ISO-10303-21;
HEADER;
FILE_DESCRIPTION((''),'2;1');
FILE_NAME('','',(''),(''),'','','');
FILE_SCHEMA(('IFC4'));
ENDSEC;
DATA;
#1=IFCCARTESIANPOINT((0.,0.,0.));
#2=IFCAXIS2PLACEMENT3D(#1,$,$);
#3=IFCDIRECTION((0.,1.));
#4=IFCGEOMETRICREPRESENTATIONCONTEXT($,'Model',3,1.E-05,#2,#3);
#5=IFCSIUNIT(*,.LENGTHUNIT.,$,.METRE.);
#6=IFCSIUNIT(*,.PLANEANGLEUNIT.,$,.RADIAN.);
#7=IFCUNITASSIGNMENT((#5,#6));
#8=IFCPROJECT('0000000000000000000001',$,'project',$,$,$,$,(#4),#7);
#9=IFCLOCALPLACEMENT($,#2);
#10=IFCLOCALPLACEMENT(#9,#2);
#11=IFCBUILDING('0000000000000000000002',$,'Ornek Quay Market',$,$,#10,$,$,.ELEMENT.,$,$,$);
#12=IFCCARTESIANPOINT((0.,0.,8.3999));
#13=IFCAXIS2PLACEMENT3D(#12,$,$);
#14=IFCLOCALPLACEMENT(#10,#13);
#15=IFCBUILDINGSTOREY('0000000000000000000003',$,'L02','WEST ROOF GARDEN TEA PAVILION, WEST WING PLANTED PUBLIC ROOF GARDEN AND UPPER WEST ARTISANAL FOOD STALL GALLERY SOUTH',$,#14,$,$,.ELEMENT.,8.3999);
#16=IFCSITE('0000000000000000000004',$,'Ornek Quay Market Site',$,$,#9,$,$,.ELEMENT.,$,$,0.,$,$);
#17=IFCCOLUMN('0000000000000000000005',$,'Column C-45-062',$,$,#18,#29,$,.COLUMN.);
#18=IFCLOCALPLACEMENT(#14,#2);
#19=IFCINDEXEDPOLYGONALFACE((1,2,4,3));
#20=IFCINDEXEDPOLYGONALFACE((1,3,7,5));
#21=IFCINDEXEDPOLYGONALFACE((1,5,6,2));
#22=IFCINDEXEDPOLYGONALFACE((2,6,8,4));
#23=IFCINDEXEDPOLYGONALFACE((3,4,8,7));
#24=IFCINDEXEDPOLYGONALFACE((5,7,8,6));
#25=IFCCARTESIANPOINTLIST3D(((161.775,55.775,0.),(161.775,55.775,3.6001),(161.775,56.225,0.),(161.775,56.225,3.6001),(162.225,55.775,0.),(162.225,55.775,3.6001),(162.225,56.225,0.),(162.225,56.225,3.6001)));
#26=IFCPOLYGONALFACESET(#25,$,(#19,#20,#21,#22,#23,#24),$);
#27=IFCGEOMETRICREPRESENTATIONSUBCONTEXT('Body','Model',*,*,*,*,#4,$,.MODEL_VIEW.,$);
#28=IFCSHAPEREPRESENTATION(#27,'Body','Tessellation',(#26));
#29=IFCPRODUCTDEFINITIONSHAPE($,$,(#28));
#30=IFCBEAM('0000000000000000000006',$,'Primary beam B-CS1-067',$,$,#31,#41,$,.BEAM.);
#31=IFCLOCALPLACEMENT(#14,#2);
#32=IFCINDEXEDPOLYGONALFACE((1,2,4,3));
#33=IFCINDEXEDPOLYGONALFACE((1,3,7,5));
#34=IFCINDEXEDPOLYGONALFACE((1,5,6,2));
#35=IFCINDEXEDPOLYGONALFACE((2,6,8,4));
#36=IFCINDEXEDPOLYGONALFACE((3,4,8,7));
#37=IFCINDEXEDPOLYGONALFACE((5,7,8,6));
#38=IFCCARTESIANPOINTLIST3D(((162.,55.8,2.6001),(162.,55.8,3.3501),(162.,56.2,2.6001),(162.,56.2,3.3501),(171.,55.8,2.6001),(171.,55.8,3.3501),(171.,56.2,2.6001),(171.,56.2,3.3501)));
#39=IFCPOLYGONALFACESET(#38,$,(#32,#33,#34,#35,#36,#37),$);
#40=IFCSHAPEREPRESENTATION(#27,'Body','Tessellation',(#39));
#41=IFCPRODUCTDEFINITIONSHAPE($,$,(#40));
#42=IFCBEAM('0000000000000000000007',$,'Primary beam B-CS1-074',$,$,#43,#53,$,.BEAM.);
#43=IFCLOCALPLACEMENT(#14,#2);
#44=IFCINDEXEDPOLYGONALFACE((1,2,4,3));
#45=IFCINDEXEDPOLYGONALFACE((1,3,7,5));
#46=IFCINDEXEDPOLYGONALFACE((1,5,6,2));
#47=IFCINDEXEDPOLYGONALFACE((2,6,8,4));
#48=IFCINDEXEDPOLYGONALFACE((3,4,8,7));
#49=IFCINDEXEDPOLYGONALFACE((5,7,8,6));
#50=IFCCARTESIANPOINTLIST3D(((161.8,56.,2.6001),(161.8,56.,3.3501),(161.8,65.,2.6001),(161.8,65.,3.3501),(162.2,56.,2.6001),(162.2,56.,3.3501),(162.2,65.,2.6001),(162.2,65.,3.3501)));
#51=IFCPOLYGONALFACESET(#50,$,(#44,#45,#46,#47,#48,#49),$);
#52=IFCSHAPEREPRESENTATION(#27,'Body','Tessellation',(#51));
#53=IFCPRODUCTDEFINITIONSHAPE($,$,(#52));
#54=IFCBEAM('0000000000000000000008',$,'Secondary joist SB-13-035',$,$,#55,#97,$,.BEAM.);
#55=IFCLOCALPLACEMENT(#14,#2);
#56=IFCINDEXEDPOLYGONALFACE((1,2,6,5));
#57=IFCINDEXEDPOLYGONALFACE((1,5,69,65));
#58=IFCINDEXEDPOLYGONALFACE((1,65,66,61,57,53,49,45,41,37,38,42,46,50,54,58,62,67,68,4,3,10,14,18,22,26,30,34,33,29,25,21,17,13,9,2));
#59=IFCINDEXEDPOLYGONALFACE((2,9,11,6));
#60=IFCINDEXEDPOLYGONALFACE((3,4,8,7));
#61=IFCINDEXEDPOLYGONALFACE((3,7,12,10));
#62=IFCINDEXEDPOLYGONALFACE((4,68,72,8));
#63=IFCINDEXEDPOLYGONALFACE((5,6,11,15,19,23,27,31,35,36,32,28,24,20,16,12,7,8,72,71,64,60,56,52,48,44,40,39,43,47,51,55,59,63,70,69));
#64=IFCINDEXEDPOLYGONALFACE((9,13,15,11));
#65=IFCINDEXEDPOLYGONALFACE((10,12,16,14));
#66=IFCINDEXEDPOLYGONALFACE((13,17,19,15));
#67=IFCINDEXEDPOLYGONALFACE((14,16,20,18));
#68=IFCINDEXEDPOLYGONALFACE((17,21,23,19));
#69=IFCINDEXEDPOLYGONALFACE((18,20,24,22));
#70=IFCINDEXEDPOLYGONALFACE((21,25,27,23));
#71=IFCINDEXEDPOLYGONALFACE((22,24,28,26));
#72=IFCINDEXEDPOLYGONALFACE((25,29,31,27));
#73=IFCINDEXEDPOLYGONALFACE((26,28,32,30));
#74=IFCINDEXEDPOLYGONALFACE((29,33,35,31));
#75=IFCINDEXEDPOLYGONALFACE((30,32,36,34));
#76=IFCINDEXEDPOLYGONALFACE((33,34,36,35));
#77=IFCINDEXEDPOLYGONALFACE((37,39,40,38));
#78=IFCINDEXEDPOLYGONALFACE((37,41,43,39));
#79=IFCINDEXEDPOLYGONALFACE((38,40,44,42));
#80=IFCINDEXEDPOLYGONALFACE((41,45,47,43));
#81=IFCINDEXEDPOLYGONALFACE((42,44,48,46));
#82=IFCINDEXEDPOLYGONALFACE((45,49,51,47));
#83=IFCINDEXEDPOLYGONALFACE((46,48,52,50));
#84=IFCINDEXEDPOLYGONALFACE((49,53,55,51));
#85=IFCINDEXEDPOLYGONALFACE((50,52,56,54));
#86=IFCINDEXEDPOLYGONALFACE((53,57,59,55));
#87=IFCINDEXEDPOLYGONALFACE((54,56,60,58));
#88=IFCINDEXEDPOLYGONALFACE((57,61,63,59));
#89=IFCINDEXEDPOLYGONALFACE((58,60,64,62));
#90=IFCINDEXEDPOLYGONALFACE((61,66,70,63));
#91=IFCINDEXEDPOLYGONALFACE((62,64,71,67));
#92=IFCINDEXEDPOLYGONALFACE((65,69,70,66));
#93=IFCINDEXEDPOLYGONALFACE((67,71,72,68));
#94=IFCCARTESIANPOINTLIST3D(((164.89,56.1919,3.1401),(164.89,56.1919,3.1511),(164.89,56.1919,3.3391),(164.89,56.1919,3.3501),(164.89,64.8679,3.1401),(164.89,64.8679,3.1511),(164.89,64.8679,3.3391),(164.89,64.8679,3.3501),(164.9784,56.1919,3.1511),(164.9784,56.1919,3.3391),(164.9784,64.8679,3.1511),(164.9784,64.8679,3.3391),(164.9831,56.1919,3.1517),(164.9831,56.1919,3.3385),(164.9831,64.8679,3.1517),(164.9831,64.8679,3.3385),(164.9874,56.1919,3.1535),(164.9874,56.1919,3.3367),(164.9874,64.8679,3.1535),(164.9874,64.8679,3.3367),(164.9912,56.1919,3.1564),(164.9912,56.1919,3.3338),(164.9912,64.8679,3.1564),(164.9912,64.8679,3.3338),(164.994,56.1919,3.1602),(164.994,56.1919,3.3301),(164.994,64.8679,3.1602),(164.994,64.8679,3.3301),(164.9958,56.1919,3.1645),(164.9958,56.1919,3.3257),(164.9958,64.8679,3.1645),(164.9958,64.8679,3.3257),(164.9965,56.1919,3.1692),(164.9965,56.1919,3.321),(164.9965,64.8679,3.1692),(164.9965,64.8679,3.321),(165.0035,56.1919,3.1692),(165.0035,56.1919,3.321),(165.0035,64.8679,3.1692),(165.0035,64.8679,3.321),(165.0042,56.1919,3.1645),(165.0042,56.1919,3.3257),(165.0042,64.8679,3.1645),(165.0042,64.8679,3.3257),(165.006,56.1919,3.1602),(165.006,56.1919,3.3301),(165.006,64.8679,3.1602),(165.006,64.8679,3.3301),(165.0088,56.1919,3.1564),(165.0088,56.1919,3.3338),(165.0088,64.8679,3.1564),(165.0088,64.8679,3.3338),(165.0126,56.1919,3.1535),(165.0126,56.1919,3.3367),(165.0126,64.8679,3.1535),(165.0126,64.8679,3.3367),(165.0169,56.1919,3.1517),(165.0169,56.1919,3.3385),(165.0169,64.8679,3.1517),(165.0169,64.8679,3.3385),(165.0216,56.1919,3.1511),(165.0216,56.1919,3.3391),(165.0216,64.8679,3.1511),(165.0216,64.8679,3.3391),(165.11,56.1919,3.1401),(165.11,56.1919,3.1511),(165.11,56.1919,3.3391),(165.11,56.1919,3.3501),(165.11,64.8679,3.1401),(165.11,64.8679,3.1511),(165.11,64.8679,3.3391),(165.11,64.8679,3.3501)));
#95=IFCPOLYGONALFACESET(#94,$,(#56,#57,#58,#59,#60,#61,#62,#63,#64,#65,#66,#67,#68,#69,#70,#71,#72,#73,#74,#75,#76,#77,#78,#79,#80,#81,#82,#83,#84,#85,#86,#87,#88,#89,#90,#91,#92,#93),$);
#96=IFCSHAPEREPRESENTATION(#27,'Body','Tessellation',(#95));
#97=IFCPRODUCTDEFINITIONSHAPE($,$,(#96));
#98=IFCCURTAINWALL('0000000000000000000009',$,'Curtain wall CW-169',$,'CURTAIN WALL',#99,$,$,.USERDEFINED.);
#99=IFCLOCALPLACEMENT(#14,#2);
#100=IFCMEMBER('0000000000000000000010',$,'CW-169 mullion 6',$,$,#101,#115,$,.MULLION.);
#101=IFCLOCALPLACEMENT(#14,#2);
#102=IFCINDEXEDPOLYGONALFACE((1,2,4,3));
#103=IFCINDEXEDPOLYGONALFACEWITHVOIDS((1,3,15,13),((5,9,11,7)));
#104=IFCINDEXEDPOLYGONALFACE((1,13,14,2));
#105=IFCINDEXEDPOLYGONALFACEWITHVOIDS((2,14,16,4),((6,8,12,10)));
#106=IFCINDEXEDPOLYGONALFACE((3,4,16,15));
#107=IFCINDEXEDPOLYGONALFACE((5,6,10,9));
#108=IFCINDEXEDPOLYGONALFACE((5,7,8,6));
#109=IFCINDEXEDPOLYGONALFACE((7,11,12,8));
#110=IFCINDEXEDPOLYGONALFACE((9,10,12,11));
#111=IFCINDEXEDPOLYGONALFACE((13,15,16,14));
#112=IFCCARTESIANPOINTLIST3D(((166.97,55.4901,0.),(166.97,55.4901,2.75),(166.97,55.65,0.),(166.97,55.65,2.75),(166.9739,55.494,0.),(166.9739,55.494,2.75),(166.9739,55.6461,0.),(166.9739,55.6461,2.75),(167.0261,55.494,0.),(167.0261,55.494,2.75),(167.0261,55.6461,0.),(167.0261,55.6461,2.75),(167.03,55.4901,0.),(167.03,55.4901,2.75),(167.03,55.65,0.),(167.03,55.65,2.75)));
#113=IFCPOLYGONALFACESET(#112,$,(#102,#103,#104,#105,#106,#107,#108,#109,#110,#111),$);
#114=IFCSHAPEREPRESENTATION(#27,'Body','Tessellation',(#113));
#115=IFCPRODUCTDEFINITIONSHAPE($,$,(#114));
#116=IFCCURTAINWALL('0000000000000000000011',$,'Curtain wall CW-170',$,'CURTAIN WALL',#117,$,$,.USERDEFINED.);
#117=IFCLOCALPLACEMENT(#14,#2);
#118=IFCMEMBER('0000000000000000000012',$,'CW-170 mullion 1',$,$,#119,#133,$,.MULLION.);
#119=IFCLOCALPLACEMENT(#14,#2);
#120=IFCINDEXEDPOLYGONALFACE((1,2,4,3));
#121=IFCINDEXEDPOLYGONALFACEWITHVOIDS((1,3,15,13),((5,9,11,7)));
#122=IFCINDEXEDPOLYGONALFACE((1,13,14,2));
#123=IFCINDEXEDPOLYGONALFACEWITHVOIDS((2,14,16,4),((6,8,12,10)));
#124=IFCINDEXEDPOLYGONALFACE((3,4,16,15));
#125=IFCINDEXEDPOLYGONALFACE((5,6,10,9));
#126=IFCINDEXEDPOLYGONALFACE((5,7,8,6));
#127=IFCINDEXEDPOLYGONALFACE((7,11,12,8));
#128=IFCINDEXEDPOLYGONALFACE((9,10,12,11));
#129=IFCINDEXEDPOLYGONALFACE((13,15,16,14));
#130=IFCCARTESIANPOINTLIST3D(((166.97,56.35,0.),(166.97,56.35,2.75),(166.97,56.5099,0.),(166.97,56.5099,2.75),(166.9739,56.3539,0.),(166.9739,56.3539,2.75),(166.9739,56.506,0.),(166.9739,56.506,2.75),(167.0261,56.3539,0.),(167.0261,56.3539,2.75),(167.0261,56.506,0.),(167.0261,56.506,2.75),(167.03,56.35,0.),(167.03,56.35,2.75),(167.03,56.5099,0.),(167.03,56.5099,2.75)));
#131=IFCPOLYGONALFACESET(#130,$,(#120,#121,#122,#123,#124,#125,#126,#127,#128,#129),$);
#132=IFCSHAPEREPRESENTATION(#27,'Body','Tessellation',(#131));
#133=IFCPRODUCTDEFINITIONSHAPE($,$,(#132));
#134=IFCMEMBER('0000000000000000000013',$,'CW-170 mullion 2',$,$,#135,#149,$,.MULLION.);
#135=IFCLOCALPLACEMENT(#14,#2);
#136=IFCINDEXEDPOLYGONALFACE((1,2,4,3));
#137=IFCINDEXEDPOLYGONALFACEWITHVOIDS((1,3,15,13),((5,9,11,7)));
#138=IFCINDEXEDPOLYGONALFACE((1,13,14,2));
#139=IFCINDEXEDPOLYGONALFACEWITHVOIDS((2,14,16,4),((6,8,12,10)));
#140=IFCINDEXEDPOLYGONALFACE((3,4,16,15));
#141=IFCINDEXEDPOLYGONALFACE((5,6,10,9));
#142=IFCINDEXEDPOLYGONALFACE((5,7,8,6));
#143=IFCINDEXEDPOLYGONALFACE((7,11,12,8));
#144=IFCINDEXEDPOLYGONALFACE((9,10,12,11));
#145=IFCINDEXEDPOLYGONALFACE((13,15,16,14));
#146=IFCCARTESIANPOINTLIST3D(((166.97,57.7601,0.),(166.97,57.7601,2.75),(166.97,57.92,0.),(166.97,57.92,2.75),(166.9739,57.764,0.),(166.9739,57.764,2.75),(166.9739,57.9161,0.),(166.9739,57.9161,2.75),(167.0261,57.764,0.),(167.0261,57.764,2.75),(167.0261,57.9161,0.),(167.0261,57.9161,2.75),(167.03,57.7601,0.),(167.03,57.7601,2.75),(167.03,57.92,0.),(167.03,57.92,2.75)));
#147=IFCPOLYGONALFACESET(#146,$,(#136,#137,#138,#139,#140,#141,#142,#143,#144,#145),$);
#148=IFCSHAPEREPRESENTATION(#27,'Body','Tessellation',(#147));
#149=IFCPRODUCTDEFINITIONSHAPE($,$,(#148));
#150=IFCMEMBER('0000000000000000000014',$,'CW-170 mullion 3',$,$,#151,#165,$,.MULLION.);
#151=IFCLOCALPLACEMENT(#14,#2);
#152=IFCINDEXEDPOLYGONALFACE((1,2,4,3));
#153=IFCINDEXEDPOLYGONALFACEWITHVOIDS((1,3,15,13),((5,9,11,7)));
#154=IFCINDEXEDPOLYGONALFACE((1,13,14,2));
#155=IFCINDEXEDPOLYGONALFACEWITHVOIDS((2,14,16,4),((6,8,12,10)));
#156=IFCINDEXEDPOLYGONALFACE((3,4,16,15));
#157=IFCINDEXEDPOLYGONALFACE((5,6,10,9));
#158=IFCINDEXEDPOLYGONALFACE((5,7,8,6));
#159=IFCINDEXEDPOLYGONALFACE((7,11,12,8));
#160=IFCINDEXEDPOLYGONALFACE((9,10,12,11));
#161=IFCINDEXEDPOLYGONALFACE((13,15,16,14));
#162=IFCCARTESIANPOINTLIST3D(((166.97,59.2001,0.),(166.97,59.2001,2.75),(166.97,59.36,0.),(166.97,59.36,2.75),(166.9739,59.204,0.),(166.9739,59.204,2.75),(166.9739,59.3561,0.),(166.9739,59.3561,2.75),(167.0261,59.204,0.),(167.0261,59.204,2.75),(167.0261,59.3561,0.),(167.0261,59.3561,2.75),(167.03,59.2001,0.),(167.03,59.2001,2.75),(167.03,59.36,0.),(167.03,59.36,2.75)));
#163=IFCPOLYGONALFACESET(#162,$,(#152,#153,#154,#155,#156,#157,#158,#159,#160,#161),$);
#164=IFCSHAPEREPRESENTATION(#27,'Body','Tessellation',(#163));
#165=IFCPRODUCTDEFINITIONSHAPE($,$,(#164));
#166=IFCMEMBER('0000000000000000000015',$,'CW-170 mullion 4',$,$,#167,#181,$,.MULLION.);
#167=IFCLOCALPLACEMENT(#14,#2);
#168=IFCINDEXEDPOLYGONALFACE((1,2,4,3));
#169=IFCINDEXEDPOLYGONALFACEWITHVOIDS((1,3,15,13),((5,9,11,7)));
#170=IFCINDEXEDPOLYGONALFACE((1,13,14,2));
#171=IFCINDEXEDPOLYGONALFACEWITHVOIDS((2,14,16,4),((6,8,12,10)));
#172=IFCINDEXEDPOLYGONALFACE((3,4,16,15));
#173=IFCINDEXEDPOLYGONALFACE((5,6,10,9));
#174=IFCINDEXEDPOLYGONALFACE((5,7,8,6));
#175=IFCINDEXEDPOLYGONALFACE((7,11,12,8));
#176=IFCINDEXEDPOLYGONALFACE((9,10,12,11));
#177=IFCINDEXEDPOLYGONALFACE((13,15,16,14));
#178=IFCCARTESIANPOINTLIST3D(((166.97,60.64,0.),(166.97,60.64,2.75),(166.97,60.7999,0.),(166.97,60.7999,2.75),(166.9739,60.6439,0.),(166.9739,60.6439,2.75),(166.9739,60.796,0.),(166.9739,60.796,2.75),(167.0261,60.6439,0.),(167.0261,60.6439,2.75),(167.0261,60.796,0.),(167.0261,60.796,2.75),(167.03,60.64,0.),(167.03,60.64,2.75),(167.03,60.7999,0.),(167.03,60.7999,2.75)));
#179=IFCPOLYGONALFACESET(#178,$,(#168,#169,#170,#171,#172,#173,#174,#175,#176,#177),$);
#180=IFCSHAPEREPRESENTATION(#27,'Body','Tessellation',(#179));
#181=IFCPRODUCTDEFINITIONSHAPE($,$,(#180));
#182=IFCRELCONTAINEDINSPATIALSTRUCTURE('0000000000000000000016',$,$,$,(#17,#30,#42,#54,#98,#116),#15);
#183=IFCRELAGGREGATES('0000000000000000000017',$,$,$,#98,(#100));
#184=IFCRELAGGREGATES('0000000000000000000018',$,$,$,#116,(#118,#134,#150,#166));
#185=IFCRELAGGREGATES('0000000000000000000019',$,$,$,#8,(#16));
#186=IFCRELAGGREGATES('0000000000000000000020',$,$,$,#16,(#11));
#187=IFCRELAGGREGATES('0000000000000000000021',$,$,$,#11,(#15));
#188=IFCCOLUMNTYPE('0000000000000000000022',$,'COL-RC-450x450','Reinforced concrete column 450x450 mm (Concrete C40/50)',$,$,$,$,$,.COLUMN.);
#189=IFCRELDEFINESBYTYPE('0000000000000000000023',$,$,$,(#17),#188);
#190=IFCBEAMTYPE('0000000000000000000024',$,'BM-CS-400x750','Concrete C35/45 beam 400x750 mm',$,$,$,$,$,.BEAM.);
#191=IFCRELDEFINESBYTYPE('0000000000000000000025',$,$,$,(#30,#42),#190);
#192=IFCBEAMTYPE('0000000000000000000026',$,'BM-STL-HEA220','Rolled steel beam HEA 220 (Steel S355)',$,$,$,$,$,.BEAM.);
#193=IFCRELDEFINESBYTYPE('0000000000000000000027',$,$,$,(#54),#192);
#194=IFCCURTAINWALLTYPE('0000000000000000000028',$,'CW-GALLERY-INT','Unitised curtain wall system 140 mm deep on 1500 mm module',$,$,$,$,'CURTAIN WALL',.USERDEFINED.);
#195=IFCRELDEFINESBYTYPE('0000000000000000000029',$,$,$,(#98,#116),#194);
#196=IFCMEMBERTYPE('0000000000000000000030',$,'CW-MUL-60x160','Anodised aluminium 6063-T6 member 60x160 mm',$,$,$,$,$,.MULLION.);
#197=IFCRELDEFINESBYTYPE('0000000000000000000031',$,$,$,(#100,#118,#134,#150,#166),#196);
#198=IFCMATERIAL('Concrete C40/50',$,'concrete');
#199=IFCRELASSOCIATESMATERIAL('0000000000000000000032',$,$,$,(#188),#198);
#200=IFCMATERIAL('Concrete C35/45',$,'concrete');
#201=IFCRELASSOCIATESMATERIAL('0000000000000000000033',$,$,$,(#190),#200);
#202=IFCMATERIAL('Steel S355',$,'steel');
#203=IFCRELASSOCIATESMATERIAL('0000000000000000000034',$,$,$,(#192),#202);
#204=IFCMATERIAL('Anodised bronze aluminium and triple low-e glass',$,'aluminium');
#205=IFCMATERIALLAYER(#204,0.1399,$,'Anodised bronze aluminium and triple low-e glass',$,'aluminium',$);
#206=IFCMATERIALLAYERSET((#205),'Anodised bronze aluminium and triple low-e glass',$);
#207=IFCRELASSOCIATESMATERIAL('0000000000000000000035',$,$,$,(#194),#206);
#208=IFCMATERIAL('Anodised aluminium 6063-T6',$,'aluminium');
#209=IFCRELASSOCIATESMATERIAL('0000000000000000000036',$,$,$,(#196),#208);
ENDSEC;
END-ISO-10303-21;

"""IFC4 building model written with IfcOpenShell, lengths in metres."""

from ifc_helpers import new_model, si_unit, direction, frame, origin, origin_2d, place, context, subcontext, project, spatial, rectangle, hollow_rectangle, i_section, extrude, material, layer, layer_set, material_profile, profile_set, type_object, element, aggregate, save


model = new_model("IFC4")

# Units and contexts
model_context = context("Model", 3, precision=1e-05, world=origin(), true_north=direction((0.0, 1.0)))
body_context = subcontext(model_context, "Body", "Model", "MODEL_VIEW")
ifc_project = project(units=[si_unit("LENGTHUNIT", "METRE"), si_unit("PLANEANGLEUNIT", "RADIAN")], contexts=[model_context])

# Site, building, storey
site_placement = place(None, origin())
site = spatial("IfcSite", under=ifc_project, at=site_placement, Name="Ornek Quay Market Site", CompositionType="ELEMENT", RefElevation=0.0)
building_placement = place(site_placement, origin())
building = spatial("IfcBuilding", under=site, at=building_placement, Name="Ornek Quay Market", CompositionType="ELEMENT")
storey_placement = place(building_placement, frame((0.0, 0.0, 8.3999)))
storey = spatial("IfcBuildingStorey", under=building, at=storey_placement, Name="L02", Description="WEST ROOF GARDEN TEA PAVILION, WEST WING PLANTED PUBLIC ROOF GARDEN AND UPPER WEST ARTISANAL FOOD STALL GALLERY SOUTH", CompositionType="ELEMENT", Elevation=8.3999)

# Column
ifc_material_1 = material(Name="Concrete C40/50", Category="concrete")
ifc_material_profile_1 = material_profile(ifc_material_1, rectangle(XDim=0.45, YDim=0.45, at=origin_2d()), Name="RC 450x450", Category="concrete")
ifc_profile_set_1 = profile_set([ifc_material_profile_1], Name="Concrete C40/50")
column_type = type_object("IfcColumnType", Name="COL-RC-450x450", Description="Reinforced concrete column 450x450 mm (Concrete C40/50)", PredefinedType="COLUMN", material=ifc_profile_set_1)
column_placement = place(storey_placement, frame((162.0, 56.0, 0.0), z_axis=(0.0, 0.0, 1.0), x_axis=(1.0, 0.0, 0.0)))
element("IfcColumn", 1, at=column_placement, inside=storey, type_object=column_type, Name="Column C-45-062", PredefinedType="COLUMN", context=body_context, shape_type="SweptSolid", body=[
    extrude(rectangle(XDim=0.45, YDim=0.45, at=origin_2d()), origin(), (0.0, 0.0, 1.0), 3.6001),
])

# Beams
ifc_material_2 = material(Name="Concrete C35/45", Category="concrete")
ifc_material_profile_2 = material_profile(ifc_material_2, rectangle(XDim=0.3999, YDim=0.75, at=origin_2d()), Name="RC 400x750", Category="concrete")
ifc_profile_set_2 = profile_set([ifc_material_profile_2], Name="Concrete C35/45")
beam_type_1 = type_object("IfcBeamType", Name="BM-CS-400x750", Description="Concrete C35/45 beam 400x750 mm", PredefinedType="BEAM", material=ifc_profile_set_2)
for number, where, z_axis, x_axis, name in (
    (2, (162.0, 56.0, 2.9751), (1.0, 0.0, 0.0), (0.0, 1.0, 0.0), "Primary beam B-CS1-067"),
    (3, (162.0, 56.0, 2.9751), (0.0, 1.0, 0.0), (-1.0, 0.0, 0.0), "Primary beam B-CS1-074"),
):
    element("IfcBeam", number, at=place(storey_placement, frame(where, z_axis=z_axis, x_axis=x_axis)), inside=storey, type_object=beam_type_1, Name=name, PredefinedType="BEAM", context=body_context, shape_type="SweptSolid", body=[
        extrude(rectangle(XDim=0.3999, YDim=0.75, at=origin_2d()), origin(), (0.0, 0.0, 1.0), 9.0),
    ])
ifc_material_3 = material(Name="Steel S355", Category="steel")
ifc_material_profile_3 = material_profile(ifc_material_3, i_section(OverallWidth=0.22, OverallDepth=0.21, WebThickness=0.0071, FlangeThickness=0.011, FilletRadius=0.0181, at=origin_2d()), Name="HEA 220", Category="steel")
ifc_profile_set_3 = profile_set([ifc_material_profile_3], Name="Steel S355")
beam_type_2 = type_object("IfcBeamType", Name="BM-STL-HEA220", Description="Rolled steel beam HEA 220 (Steel S355)", PredefinedType="BEAM", material=ifc_profile_set_3)
beam_placement = place(storey_placement, frame((165.0, 56.1919, 3.2451), z_axis=(0.0, 1.0, 0.0), x_axis=(-1.0, 0.0, 0.0)))
element("IfcBeam", 4, at=beam_placement, inside=storey, type_object=beam_type_2, Name="Secondary joist SB-13-035", PredefinedType="BEAM", context=body_context, shape_type="SweptSolid", body=[
    extrude(i_section(OverallWidth=0.22, OverallDepth=0.21, WebThickness=0.0071, FlangeThickness=0.011, FilletRadius=0.0181, at=origin_2d()), origin(), (0.0, 0.0, 1.0), 8.676),
])

# Curtain wall, member
ifc_material_4 = material(Name="Anodised bronze aluminium and triple low-e glass", Category="aluminium")
ifc_layer_1 = layer(ifc_material_4, 0.1399, Name="Anodised bronze aluminium and triple low-e glass", Category="aluminium")
ifc_layer_set_1 = layer_set([ifc_layer_1], Name="Anodised bronze aluminium and triple low-e glass")
curtain_wall_type = type_object("IfcCurtainWallType", Name="CW-GALLERY-INT", Description="Unitised curtain wall system 140 mm deep on 1500 mm module", ElementType="CURTAIN WALL", PredefinedType="USERDEFINED", material=ifc_layer_set_1)
curtain_wall_1_placement = place(storey_placement, origin())
curtain_wall_1 = element("IfcCurtainWall", 5, at=curtain_wall_1_placement, inside=storey, type_object=curtain_wall_type, Name="Curtain wall CW-169", ObjectType="CURTAIN WALL", PredefinedType="USERDEFINED")
ifc_material_5 = material(Name="Anodised aluminium 6063-T6", Category="aluminium")
ifc_material_profile_4 = material_profile(ifc_material_5, hollow_rectangle(XDim=0.0601, YDim=0.1599, WallThickness=0.0039, at=origin_2d()), Name="CW-MUL-60x160", Category="aluminium")
ifc_profile_set_4 = profile_set([ifc_material_profile_4], Name="Anodised aluminium 6063-T6")
member_type_1 = type_object("IfcMemberType", Name="CW-MUL-60x160", Description="Anodised aluminium 6063-T6 member 60x160 mm", PredefinedType="MULLION", material=ifc_profile_set_4)
member_1_placement = place(storey_placement, frame((167.0, 55.5701, 0.0), z_axis=(0.0, 0.0, 1.0), x_axis=(-1.0, 0.0, 0.0)))
member_1 = element("IfcMember", 6, at=member_1_placement, type_object=member_type_1, Name="CW-169 mullion 6", PredefinedType="MULLION", context=body_context, shape_type="SweptSolid", body=[
    extrude(hollow_rectangle(XDim=0.0601, YDim=0.1599, WallThickness=0.0039, at=origin_2d()), origin(), (0.0, 0.0, 1.0), 2.75),
])

# Curtain wall, members
curtain_wall_2_placement = place(storey_placement, origin())
curtain_wall_2 = element("IfcCurtainWall", 7, at=curtain_wall_2_placement, inside=storey, type_object=curtain_wall_type, Name="Curtain wall CW-170", ObjectType="CURTAIN WALL", PredefinedType="USERDEFINED")
member_2_placement = place(storey_placement, frame((167.0, 56.4299, 0.0), z_axis=(0.0, 0.0, 1.0), x_axis=(-1.0, 0.0, 0.0)))
member_2 = element("IfcMember", 8, at=member_2_placement, type_object=member_type_1, Name="CW-170 mullion 1", PredefinedType="MULLION", context=body_context, shape_type="SweptSolid", body=[
    extrude(hollow_rectangle(XDim=0.0601, YDim=0.1599, WallThickness=0.0039, at=origin_2d()), origin(), (0.0, 0.0, 1.0), 2.75),
])
member_3_placement = place(storey_placement, frame((167.0, 57.8401, 0.0), z_axis=(0.0, 0.0, 1.0), x_axis=(-1.0, 0.0, 0.0)))
member_3 = element("IfcMember", 9, at=member_3_placement, type_object=member_type_1, Name="CW-170 mullion 2", PredefinedType="MULLION", context=body_context, shape_type="SweptSolid", body=[
    extrude(hollow_rectangle(XDim=0.0601, YDim=0.1599, WallThickness=0.0039, at=origin_2d()), origin(), (0.0, 0.0, 1.0), 2.75),
])
member_4_placement = place(storey_placement, frame((167.0, 59.28, 0.0), z_axis=(0.0, 0.0, 1.0), x_axis=(-1.0, 0.0, 0.0)))
member_4 = element("IfcMember", 10, at=member_4_placement, type_object=member_type_1, Name="CW-170 mullion 3", PredefinedType="MULLION", context=body_context, shape_type="SweptSolid", body=[
    extrude(hollow_rectangle(XDim=0.0601, YDim=0.1599, WallThickness=0.0039, at=origin_2d()), origin(), (0.0, 0.0, 1.0), 2.75),
])
member_5_placement = place(storey_placement, frame((167.0, 60.72, 0.0), z_axis=(0.0, 0.0, 1.0), x_axis=(-1.0, 0.0, 0.0)))
member_5 = element("IfcMember", 11, at=member_5_placement, type_object=member_type_1, Name="CW-170 mullion 4", PredefinedType="MULLION", context=body_context, shape_type="SweptSolid", body=[
    extrude(hollow_rectangle(XDim=0.0601, YDim=0.1599, WallThickness=0.0039, at=origin_2d()), origin(), (0.0, 0.0, 1.0), 2.75),
])

aggregate(curtain_wall_1, [member_1])
aggregate(curtain_wall_2, [member_2, member_3, member_4, member_5])

save(model, "model.ifc")
